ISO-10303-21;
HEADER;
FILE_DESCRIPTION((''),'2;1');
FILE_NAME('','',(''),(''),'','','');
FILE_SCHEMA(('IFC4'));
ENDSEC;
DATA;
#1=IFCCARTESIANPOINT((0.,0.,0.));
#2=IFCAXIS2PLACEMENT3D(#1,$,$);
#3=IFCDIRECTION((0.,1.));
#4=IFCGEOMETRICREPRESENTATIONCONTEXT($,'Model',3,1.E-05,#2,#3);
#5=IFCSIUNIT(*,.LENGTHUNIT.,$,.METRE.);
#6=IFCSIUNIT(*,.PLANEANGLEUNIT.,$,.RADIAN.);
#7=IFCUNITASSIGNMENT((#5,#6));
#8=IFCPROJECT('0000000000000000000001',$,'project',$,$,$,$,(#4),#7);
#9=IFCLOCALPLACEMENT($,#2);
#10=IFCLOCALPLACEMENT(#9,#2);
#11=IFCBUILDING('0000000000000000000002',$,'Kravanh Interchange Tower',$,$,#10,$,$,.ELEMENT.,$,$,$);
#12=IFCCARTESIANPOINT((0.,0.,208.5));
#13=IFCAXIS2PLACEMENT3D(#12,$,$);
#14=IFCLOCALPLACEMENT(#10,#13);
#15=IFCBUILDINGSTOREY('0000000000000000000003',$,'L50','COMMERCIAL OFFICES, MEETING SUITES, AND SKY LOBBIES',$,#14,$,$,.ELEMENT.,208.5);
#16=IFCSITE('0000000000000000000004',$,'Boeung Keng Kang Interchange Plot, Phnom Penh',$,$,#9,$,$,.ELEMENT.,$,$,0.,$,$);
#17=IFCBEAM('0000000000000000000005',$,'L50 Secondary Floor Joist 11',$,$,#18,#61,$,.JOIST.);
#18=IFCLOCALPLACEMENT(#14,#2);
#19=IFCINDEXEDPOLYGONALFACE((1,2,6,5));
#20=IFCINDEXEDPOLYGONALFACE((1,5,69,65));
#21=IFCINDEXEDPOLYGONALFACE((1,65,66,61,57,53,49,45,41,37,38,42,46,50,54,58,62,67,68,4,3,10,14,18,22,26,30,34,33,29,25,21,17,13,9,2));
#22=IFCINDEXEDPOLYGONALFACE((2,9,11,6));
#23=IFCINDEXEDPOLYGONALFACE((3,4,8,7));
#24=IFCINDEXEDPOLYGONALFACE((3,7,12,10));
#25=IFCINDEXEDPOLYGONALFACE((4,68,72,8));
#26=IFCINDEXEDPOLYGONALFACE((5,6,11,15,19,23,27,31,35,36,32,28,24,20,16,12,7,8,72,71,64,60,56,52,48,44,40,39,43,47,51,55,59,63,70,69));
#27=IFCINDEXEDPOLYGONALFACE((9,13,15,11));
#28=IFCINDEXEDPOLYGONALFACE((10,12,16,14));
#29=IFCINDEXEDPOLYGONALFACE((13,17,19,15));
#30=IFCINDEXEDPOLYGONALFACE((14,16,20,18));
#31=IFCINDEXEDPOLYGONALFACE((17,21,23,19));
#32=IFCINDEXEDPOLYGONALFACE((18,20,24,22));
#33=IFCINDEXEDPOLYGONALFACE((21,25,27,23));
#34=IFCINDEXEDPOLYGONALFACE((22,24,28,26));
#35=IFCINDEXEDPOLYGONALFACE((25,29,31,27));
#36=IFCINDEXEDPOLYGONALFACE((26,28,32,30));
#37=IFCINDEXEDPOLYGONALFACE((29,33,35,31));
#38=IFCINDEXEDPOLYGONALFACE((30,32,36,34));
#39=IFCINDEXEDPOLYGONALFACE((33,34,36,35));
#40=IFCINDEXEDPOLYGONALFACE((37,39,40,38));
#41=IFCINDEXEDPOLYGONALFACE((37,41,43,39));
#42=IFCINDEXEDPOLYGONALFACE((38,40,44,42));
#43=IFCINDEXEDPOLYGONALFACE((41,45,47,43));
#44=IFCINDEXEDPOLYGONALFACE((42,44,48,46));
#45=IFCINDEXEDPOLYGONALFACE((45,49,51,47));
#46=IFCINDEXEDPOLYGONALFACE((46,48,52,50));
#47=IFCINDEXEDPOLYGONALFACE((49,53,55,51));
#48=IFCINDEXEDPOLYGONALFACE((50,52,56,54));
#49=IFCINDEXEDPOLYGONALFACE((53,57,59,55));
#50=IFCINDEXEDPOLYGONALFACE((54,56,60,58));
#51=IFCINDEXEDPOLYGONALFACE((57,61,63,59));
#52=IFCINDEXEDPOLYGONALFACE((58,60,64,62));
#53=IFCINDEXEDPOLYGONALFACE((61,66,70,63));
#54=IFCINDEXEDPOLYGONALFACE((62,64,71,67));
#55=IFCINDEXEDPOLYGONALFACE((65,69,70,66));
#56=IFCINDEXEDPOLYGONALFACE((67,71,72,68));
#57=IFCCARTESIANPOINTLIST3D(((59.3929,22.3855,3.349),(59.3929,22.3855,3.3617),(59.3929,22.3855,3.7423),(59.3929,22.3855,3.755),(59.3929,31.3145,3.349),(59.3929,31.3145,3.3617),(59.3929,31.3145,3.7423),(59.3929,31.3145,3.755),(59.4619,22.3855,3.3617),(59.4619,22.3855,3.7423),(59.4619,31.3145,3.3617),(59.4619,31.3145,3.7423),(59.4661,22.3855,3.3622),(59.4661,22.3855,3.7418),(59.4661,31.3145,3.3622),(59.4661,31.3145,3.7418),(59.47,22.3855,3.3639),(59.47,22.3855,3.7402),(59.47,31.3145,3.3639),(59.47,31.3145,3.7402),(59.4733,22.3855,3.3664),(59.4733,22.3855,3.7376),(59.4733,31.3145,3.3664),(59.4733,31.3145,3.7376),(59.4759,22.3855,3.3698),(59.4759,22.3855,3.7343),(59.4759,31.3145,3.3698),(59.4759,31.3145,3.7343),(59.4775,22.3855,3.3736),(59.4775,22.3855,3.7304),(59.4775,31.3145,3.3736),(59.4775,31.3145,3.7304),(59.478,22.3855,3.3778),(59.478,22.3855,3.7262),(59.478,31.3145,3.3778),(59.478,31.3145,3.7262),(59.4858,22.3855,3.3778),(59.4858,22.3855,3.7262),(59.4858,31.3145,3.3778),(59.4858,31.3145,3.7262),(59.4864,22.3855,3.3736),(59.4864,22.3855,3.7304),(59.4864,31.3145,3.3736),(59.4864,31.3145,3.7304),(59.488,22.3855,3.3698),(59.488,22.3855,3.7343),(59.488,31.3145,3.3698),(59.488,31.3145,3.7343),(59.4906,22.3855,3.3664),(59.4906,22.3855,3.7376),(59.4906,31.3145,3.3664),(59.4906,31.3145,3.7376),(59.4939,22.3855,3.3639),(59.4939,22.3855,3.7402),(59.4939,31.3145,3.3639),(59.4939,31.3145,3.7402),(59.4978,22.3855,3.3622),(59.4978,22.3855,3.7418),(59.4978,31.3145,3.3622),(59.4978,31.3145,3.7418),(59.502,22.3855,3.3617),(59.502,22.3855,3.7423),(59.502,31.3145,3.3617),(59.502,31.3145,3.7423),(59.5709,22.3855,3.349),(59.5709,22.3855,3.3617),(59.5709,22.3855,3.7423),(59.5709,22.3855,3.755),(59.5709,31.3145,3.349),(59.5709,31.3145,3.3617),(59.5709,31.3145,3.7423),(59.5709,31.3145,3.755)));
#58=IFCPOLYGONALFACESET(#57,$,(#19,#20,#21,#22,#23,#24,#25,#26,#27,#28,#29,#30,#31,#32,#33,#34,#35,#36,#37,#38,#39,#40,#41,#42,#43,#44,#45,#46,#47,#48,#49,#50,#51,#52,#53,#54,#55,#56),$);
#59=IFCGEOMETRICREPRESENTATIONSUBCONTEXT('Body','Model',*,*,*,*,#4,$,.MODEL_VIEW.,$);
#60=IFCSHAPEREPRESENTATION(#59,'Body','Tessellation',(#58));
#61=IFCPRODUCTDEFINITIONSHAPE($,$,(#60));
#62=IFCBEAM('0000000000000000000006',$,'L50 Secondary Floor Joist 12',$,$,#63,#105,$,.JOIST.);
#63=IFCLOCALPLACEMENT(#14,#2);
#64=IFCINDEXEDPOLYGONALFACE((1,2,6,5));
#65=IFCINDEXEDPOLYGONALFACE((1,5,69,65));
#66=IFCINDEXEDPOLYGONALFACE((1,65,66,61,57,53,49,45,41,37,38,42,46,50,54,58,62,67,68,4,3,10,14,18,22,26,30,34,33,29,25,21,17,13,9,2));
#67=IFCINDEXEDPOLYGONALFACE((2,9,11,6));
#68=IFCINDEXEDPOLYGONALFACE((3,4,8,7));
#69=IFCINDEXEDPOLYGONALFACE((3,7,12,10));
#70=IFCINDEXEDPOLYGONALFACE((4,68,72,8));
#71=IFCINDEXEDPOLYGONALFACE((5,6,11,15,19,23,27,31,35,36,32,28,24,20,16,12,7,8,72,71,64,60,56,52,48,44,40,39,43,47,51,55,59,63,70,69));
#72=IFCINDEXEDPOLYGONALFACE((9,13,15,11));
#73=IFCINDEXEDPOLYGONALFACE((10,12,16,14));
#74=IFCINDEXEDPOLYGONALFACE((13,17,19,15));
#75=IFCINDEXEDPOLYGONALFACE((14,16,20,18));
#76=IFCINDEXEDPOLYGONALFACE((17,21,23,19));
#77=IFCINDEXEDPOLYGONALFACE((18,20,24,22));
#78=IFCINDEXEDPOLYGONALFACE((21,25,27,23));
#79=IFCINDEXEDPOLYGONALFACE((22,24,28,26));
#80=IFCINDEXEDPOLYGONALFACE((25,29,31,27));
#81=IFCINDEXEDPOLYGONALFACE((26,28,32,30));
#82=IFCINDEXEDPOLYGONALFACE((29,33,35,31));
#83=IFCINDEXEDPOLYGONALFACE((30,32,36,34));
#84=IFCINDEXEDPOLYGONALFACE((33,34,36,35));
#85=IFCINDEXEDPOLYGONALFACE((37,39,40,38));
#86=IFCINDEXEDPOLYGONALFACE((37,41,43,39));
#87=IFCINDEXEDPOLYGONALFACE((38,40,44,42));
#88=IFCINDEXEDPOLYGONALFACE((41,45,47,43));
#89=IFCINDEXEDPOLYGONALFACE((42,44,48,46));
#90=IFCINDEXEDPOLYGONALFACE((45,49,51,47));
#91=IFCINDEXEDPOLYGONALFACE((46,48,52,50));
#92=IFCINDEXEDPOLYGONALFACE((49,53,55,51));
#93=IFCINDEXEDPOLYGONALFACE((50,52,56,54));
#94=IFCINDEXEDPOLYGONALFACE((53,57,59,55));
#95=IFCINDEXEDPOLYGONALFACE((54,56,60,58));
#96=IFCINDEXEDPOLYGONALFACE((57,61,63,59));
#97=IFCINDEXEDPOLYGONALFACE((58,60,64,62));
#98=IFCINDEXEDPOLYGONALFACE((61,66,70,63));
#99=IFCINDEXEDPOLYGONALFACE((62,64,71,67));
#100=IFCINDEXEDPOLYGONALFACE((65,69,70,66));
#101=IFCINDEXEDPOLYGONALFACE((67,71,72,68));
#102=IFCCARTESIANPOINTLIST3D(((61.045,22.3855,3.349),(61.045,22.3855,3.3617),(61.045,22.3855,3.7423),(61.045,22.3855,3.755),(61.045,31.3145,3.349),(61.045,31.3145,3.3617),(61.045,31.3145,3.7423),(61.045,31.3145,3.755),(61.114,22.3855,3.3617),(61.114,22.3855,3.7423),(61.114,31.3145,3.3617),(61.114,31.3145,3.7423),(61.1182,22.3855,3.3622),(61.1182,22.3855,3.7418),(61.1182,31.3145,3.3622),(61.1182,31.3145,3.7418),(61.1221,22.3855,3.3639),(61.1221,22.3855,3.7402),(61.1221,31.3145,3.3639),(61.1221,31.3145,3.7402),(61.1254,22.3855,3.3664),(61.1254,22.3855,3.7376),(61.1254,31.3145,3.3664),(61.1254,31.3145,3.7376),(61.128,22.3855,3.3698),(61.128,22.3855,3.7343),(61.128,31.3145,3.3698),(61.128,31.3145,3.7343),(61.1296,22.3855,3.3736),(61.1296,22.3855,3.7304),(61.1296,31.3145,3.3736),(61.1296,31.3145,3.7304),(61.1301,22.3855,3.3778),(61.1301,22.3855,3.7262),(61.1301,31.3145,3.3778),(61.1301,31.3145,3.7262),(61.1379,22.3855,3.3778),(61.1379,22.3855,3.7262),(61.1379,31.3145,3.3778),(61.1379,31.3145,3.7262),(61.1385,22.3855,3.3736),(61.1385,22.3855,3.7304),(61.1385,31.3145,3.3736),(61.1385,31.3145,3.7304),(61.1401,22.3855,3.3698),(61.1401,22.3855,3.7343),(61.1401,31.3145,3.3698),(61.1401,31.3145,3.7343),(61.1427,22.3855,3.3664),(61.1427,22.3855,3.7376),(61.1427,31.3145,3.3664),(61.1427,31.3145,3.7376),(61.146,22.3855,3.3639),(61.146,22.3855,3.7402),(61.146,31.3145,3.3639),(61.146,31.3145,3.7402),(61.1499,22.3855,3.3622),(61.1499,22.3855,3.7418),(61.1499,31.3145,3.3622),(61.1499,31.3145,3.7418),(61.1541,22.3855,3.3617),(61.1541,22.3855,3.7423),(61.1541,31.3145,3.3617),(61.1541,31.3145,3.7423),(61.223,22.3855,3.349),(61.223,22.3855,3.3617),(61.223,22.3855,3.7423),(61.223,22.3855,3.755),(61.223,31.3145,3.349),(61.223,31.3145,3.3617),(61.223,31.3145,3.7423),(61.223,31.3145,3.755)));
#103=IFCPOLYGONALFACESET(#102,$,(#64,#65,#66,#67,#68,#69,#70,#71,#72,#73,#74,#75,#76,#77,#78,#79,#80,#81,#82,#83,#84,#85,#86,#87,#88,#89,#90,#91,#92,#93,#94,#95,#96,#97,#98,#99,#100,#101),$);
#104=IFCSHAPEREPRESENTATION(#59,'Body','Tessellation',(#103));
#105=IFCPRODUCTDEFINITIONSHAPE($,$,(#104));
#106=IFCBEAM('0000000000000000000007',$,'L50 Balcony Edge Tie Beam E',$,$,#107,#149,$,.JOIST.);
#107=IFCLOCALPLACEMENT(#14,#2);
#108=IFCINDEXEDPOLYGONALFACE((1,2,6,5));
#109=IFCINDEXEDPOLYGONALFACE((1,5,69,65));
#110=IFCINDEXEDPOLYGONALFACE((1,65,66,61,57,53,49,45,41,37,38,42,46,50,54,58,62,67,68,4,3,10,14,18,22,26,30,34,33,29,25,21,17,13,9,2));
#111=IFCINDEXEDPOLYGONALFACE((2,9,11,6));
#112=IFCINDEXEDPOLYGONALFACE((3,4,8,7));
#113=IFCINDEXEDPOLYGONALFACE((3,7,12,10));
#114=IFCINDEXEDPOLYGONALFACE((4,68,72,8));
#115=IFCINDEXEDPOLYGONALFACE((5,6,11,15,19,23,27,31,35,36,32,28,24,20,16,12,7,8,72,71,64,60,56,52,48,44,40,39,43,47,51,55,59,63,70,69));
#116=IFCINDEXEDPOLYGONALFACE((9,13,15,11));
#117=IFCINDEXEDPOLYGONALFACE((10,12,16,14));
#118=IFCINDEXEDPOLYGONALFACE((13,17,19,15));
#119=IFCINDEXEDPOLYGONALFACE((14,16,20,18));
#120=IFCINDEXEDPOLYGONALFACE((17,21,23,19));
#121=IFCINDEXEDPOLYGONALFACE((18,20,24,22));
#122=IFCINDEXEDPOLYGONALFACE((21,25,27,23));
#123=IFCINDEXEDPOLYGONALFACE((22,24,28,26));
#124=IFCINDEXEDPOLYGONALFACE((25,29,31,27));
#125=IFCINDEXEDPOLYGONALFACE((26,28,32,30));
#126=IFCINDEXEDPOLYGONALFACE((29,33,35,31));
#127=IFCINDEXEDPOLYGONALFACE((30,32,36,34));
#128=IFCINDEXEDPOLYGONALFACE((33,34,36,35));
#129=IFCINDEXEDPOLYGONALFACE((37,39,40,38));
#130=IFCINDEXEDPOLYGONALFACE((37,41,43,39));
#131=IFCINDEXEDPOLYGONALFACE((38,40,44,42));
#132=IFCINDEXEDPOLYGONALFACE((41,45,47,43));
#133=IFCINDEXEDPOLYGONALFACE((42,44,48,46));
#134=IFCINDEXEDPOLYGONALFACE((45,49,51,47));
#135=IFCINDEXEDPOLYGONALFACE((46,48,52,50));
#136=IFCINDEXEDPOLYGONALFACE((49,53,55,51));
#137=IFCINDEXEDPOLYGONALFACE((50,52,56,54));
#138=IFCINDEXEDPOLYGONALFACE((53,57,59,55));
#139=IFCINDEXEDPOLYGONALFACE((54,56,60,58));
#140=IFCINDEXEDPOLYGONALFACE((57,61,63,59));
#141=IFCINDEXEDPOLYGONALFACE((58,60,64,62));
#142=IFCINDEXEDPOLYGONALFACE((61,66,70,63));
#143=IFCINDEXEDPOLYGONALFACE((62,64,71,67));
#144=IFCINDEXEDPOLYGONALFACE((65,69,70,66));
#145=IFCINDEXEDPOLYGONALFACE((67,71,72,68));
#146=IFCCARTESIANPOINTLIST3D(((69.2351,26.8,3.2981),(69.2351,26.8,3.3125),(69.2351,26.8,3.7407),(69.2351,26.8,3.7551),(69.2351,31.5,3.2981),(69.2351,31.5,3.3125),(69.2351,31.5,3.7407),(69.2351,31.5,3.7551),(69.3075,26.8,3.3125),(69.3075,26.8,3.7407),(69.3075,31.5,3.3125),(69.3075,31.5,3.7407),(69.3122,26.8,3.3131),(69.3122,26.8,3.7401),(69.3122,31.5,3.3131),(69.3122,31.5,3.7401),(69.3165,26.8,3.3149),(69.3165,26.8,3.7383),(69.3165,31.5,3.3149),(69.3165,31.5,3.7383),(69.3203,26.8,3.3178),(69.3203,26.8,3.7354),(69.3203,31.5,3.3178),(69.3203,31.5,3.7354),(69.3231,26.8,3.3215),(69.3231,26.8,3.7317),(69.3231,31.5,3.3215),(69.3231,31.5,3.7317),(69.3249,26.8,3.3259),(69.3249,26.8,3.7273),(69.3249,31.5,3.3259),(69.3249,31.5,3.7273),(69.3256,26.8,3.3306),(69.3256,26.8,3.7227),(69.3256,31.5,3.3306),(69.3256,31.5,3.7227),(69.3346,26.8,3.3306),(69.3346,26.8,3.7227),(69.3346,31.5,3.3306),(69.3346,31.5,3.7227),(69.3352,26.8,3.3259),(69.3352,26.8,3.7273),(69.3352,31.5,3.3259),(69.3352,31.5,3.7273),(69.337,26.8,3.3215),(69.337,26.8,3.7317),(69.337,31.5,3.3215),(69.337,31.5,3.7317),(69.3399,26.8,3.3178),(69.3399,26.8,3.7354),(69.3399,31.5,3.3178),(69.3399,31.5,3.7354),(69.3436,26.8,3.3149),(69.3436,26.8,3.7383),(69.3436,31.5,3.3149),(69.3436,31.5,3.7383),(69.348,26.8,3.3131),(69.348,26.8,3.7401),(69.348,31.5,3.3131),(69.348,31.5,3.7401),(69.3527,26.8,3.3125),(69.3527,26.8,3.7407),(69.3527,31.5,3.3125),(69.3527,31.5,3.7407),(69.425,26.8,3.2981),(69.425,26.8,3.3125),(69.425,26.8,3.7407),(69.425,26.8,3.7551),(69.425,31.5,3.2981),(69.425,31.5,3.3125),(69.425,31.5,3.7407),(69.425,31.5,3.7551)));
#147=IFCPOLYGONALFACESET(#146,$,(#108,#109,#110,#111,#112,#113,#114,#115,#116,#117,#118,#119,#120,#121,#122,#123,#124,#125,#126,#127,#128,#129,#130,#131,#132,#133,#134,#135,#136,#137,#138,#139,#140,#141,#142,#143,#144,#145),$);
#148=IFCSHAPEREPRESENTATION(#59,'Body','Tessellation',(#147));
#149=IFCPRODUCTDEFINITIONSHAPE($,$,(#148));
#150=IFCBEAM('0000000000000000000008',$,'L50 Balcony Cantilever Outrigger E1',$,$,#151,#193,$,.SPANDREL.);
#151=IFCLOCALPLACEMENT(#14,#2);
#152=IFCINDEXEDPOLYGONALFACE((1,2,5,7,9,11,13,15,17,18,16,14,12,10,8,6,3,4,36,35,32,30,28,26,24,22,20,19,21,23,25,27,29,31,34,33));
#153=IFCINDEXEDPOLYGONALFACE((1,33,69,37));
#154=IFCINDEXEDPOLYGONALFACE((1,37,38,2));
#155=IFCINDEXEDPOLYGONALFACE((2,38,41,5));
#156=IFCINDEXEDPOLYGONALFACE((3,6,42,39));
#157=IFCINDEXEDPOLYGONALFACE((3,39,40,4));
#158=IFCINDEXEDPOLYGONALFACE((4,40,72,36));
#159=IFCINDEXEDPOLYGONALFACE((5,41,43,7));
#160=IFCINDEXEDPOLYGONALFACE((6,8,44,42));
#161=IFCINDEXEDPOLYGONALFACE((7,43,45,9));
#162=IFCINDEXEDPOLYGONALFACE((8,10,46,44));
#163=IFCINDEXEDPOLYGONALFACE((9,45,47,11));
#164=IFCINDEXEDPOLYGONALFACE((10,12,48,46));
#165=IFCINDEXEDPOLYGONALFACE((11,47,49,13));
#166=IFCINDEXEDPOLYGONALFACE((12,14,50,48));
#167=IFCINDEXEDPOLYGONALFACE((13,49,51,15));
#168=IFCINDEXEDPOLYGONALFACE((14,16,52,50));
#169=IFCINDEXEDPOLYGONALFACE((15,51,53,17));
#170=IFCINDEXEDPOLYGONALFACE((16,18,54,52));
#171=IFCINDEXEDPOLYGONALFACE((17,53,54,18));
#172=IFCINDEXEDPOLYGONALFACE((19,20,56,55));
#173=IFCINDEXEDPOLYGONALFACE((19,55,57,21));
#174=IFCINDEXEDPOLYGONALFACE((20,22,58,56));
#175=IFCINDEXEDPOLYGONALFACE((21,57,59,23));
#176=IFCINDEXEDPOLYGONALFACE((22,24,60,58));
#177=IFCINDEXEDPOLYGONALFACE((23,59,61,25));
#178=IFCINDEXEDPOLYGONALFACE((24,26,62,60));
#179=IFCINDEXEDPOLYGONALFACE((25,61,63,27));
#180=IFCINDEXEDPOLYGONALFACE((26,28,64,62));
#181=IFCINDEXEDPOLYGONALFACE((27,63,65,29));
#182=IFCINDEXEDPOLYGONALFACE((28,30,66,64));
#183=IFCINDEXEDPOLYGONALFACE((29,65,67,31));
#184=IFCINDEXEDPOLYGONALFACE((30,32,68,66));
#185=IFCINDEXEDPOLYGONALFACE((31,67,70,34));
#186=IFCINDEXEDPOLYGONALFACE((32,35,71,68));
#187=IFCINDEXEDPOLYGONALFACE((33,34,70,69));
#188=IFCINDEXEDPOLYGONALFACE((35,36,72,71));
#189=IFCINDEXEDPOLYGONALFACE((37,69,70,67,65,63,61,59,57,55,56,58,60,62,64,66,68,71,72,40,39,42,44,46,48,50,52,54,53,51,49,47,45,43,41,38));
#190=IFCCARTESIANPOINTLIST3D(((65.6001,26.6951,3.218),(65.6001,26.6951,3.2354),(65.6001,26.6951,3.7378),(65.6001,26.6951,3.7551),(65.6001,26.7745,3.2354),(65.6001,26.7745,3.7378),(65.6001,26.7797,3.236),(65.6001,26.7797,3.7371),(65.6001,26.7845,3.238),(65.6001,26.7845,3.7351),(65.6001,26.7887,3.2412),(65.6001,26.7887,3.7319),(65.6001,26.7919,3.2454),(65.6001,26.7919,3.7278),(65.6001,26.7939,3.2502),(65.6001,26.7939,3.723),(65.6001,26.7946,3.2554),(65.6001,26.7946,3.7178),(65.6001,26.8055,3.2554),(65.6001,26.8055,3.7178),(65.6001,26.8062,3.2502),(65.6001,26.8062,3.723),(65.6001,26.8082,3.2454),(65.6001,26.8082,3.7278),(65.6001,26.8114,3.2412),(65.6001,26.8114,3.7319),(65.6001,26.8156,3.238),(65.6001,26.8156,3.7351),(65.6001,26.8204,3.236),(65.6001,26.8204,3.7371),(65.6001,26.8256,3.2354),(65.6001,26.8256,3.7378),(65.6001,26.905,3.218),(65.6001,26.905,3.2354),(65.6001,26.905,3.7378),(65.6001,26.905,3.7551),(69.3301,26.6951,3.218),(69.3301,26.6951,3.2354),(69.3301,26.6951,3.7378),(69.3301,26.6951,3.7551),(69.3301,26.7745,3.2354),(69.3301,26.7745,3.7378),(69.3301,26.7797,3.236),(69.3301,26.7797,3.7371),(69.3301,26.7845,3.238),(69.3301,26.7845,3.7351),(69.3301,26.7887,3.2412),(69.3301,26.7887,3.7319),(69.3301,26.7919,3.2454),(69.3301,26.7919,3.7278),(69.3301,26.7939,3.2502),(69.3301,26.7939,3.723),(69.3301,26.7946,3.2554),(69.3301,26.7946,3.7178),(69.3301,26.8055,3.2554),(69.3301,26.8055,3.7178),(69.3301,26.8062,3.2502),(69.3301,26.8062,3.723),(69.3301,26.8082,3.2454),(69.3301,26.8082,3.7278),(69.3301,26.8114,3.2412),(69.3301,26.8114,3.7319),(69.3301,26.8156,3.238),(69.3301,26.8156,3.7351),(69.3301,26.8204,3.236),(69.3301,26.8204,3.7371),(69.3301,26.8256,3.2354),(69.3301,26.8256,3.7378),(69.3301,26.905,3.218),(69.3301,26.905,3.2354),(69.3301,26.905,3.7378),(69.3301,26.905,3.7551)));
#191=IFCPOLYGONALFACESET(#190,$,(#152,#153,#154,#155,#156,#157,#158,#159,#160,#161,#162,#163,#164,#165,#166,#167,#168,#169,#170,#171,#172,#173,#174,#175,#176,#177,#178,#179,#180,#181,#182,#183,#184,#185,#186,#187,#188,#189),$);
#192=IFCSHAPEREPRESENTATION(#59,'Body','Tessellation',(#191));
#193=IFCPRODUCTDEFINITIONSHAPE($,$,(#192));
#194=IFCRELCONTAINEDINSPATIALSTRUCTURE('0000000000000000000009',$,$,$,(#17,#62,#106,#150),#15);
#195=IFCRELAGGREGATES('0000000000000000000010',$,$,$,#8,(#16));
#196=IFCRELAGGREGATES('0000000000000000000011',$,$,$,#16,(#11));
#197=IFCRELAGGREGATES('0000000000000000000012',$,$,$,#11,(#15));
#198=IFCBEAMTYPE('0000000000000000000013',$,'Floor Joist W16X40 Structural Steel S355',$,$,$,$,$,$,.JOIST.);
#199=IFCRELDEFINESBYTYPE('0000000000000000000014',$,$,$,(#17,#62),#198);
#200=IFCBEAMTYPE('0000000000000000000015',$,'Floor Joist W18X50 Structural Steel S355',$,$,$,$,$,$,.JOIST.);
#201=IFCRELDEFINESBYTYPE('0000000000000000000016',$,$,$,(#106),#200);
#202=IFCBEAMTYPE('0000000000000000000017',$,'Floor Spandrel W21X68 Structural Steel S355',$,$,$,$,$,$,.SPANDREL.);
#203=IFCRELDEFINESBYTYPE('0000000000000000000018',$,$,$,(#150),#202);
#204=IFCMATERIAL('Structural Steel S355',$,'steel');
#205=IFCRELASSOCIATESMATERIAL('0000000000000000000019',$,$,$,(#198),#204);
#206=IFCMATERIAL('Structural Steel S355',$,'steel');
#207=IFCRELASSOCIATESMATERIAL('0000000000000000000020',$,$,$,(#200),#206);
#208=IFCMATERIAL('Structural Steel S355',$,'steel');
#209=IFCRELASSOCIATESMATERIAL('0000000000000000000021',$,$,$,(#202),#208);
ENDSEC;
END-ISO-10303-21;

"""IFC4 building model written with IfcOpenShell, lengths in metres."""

from ifc_helpers import new_model, si_unit, direction, frame, origin, origin_2d, place, context, subcontext, project, spatial, i_section, extrude, material, material_profile, profile_set, type_object, element, save


model = new_model("IFC4")

# Units and contexts
model_context = context("Model", 3, precision=1e-05, world=origin(), true_north=direction((0.0, 1.0)))
body_context = subcontext(model_context, "Body", "Model", "MODEL_VIEW")
ifc_project = project(units=[si_unit("LENGTHUNIT", "METRE"), si_unit("PLANEANGLEUNIT", "RADIAN")], contexts=[model_context])

# Site, building, storey
site_placement = place(None, origin())
site = spatial("IfcSite", under=ifc_project, at=site_placement, Name="Boeung Keng Kang Interchange Plot, Phnom Penh", CompositionType="ELEMENT", RefElevation=0.0)
building_placement = place(site_placement, origin())
building = spatial("IfcBuilding", under=site, at=building_placement, Name="Kravanh Interchange Tower", CompositionType="ELEMENT")
storey_placement = place(building_placement, frame((0.0, 0.0, 208.5)))
storey = spatial("IfcBuildingStorey", under=building, at=storey_placement, Name="L50", Description="COMMERCIAL OFFICES, MEETING SUITES, AND SKY LOBBIES", CompositionType="ELEMENT", Elevation=208.5)

# Beams
ifc_material_1 = material(Name="Structural Steel S355", Category="steel")
ifc_material_profile_1 = material_profile(ifc_material_1, i_section(OverallWidth=0.178, OverallDepth=0.406, WebThickness=0.0078, FlangeThickness=0.0127, FilletRadius=0.0161, at=origin_2d()), Name="W16X40")
ifc_profile_set_1 = profile_set([ifc_material_profile_1], Name="Structural Steel S355")
beam_type_1 = type_object("IfcBeamType", Name="Floor Joist W16X40 Structural Steel S355", PredefinedType="JOIST", material=ifc_profile_set_1)
for number, where, z_axis, x_axis, name in (
    (1, (59.4819, 22.3855, 3.552), (0.0, 1.0, 0.0), (-1.0, 0.0, 0.0), "L50 Secondary Floor Joist 11"),
    (2, (61.134, 22.3855, 3.552), (0.0, 1.0, 0.0), (-1.0, 0.0, 0.0), "L50 Secondary Floor Joist 12"),
):
    element("IfcBeam", number, at=place(storey_placement, frame(where, z_axis=z_axis, x_axis=x_axis)), inside=storey, type_object=beam_type_1, Name=name, PredefinedType="JOIST", context=body_context, shape_type="SweptSolid", body=[
        extrude(i_section(OverallWidth=0.178, OverallDepth=0.406, WebThickness=0.0078, FlangeThickness=0.0127, FilletRadius=0.0161, at=origin_2d()), origin(), (0.0, 0.0, 1.0), 8.929),
    ])
ifc_material_2 = material(Name="Structural Steel S355", Category="steel")
ifc_material_profile_2 = material_profile(ifc_material_2, i_section(OverallWidth=0.1899, OverallDepth=0.457, WebThickness=0.009, FlangeThickness=0.0144, FilletRadius=0.0181, at=origin_2d()), Name="W18X50")
ifc_profile_set_2 = profile_set([ifc_material_profile_2], Name="Structural Steel S355")
beam_type_2 = type_object("IfcBeamType", Name="Floor Joist W18X50 Structural Steel S355", PredefinedType="JOIST", material=ifc_profile_set_2)
beam_1_placement = place(storey_placement, frame((69.3301, 26.8, 3.5266), z_axis=(0.0, 1.0, 0.0), x_axis=(-1.0, 0.0, 0.0)))
element("IfcBeam", 3, at=beam_1_placement, inside=storey, type_object=beam_type_2, Name="L50 Balcony Edge Tie Beam E", PredefinedType="JOIST", context=body_context, shape_type="SweptSolid", body=[
    extrude(i_section(OverallWidth=0.1899, OverallDepth=0.457, WebThickness=0.009, FlangeThickness=0.0144, FilletRadius=0.0181, at=origin_2d()), origin(), (0.0, 0.0, 1.0), 4.7),
])
ifc_material_3 = material(Name="Structural Steel S355", Category="steel")
ifc_material_profile_3 = material_profile(ifc_material_3, i_section(OverallWidth=0.21, OverallDepth=0.5371, WebThickness=0.011, FlangeThickness=0.0173, FilletRadius=0.02, at=origin_2d()), Name="W21X68")
ifc_profile_set_3 = profile_set([ifc_material_profile_3], Name="Structural Steel S355")
beam_type_3 = type_object("IfcBeamType", Name="Floor Spandrel W21X68 Structural Steel S355", PredefinedType="SPANDREL", material=ifc_profile_set_3)
beam_2_placement = place(storey_placement, frame((65.6001, 26.8, 3.4866), z_axis=(1.0, 0.0, 0.0), x_axis=(0.0, 1.0, 0.0)))
element("IfcBeam", 4, at=beam_2_placement, inside=storey, type_object=beam_type_3, Name="L50 Balcony Cantilever Outrigger E1", PredefinedType="SPANDREL", context=body_context, shape_type="SweptSolid", body=[
    extrude(i_section(OverallWidth=0.21, OverallDepth=0.5371, WebThickness=0.011, FlangeThickness=0.0173, FilletRadius=0.02, at=origin_2d()), origin(), (0.0, 0.0, 1.0), 3.73),
])

save(model, "model.ifc")
